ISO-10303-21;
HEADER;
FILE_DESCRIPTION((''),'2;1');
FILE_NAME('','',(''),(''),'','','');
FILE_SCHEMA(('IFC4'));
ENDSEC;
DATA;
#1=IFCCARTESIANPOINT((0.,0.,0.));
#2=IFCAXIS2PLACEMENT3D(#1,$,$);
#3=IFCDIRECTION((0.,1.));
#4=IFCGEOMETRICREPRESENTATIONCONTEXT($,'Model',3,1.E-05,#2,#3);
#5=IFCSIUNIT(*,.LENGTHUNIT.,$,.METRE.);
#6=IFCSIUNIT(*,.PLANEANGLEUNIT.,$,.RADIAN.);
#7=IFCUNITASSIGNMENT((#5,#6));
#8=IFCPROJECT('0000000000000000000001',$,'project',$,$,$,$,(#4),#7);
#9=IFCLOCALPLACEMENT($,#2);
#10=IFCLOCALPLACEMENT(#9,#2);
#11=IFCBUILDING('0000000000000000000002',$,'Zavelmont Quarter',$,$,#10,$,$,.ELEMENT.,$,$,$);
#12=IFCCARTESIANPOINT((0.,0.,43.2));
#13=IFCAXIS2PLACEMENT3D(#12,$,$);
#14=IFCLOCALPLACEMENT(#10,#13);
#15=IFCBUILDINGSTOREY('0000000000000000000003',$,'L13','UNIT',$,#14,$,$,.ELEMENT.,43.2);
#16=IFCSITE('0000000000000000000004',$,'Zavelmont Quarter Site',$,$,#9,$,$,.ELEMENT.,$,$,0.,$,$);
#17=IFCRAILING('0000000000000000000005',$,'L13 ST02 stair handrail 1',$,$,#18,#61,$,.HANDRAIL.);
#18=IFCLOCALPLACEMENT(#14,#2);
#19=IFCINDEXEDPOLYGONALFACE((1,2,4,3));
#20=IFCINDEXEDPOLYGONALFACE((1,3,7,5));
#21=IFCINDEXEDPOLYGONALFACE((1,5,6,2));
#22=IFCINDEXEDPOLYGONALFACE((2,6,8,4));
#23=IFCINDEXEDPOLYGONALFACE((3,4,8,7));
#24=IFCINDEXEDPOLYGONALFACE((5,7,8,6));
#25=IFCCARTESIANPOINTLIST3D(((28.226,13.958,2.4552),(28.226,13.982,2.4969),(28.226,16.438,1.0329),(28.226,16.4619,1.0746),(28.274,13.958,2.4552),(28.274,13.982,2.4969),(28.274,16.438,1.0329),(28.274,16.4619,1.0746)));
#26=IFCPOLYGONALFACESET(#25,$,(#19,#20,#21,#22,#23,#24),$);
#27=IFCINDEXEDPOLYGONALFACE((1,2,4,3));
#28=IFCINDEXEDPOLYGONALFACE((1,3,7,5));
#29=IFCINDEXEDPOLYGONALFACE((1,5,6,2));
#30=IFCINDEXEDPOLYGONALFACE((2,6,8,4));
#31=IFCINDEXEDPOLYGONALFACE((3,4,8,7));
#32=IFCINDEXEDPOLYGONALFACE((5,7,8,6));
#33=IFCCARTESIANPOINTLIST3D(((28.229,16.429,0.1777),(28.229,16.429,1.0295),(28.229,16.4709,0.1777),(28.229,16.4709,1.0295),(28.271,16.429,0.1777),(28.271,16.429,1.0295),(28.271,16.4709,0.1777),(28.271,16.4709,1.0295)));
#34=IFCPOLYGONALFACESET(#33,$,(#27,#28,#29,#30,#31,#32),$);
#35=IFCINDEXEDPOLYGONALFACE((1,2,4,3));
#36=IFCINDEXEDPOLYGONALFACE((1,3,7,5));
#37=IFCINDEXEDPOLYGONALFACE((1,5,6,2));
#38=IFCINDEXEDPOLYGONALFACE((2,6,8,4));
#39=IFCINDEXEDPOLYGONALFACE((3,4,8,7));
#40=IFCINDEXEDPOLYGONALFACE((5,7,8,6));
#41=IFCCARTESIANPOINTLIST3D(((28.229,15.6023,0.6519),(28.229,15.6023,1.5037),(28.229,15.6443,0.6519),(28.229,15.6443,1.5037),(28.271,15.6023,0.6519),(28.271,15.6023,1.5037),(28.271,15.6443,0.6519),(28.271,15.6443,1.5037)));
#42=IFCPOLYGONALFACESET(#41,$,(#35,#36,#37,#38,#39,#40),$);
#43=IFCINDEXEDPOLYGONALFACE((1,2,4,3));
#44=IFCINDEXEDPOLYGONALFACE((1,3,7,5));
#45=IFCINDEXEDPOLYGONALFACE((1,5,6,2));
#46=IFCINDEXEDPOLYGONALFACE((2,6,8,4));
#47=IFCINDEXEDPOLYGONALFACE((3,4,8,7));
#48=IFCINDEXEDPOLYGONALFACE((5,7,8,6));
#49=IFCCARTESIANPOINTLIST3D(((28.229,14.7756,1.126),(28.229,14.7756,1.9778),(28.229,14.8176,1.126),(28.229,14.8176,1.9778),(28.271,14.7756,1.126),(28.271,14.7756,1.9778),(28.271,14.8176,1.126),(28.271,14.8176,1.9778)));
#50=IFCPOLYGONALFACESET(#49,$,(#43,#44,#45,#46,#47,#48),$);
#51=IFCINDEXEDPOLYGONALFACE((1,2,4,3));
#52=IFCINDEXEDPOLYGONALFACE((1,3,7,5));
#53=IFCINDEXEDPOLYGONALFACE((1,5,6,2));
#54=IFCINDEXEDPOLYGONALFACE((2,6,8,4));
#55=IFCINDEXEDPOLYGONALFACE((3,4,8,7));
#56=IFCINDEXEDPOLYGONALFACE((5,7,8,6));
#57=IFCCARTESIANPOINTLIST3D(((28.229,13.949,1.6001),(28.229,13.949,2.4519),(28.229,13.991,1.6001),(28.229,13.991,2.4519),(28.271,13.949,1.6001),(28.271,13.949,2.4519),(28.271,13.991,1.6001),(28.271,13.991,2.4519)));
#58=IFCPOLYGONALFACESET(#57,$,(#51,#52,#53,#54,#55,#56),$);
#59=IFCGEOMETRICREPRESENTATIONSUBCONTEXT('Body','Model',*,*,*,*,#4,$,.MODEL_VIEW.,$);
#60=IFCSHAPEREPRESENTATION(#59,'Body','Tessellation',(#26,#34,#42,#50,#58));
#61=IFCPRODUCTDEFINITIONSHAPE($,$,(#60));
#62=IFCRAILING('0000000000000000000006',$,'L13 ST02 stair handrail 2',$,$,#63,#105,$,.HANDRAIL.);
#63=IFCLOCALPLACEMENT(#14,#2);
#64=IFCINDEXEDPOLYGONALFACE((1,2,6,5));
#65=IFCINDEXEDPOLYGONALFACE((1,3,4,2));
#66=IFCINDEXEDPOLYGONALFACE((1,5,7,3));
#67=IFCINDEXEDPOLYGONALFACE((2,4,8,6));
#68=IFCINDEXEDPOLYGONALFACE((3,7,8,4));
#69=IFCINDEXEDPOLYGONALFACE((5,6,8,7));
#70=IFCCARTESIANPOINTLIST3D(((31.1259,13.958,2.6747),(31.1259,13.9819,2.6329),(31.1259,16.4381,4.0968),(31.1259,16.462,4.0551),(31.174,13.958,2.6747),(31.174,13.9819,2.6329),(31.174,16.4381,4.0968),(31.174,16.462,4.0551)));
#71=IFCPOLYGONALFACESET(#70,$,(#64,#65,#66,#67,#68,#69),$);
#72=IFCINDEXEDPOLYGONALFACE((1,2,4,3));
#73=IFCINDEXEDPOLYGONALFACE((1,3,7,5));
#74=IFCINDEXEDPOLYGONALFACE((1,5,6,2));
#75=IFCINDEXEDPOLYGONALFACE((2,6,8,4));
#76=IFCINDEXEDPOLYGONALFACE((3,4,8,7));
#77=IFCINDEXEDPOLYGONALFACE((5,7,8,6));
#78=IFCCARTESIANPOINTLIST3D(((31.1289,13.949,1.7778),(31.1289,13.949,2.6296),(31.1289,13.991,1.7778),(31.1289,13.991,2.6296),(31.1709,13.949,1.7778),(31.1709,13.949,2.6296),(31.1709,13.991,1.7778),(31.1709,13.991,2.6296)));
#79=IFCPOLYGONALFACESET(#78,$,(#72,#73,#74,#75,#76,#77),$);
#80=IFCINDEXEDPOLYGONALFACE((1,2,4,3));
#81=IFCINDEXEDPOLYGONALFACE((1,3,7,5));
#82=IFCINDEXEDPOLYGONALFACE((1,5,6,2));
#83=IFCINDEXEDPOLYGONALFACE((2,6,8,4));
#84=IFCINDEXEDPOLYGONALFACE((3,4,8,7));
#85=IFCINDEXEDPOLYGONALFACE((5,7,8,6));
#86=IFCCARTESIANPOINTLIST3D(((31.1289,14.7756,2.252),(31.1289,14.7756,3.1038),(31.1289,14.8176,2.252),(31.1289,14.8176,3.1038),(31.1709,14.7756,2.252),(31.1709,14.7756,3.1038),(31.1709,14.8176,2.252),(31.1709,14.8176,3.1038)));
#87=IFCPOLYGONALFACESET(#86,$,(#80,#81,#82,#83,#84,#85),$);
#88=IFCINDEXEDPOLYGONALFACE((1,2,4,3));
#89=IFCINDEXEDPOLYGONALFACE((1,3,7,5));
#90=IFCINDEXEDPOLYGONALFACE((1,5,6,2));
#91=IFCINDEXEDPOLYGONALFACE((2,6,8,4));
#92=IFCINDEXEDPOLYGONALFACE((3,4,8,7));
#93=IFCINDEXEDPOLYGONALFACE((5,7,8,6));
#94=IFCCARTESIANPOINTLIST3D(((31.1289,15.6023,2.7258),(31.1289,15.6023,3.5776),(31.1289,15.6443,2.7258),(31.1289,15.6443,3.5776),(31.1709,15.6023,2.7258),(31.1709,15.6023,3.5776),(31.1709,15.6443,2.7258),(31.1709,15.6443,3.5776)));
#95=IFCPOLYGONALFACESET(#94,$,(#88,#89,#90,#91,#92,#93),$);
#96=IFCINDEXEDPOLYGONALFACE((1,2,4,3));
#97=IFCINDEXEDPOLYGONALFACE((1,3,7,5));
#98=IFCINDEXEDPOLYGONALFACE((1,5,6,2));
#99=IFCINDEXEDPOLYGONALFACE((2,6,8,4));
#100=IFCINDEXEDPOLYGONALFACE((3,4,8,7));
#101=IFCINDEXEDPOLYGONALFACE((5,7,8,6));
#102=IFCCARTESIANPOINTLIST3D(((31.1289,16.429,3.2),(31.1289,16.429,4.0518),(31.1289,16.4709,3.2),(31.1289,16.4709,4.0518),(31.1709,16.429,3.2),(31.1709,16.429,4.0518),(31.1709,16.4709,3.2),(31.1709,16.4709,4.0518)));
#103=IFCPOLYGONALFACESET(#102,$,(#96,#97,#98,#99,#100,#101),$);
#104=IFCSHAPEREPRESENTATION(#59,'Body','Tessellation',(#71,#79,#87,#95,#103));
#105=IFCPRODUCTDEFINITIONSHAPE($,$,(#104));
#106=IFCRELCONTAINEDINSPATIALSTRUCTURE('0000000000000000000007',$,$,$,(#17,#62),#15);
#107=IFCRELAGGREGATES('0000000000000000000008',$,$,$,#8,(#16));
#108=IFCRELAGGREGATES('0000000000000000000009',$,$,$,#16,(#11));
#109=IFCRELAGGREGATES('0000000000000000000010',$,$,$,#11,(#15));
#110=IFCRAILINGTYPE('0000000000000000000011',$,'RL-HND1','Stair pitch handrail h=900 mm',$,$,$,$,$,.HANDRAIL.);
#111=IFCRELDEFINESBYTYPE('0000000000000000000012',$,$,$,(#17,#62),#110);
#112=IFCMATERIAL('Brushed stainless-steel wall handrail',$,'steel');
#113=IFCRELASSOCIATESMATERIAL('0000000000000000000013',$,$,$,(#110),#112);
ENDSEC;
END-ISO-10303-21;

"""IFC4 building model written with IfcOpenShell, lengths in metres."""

from ifc_helpers import new_model, si_unit, direction, frame, origin, origin_2d, place, context, subcontext, project, spatial, rectangle, extrude, material, type_object, element, save


model = new_model("IFC4")

# Units and contexts
model_context = context("Model", 3, precision=1e-05, world=origin(), true_north=direction((0.0, 1.0)))
body_context = subcontext(model_context, "Body", "Model", "MODEL_VIEW")
ifc_project = project(units=[si_unit("LENGTHUNIT", "METRE"), si_unit("PLANEANGLEUNIT", "RADIAN")], contexts=[model_context])

# Site, building, storey
site_placement = place(None, origin())
site = spatial("IfcSite", under=ifc_project, at=site_placement, Name="Zavelmont Quarter Site", CompositionType="ELEMENT", RefElevation=0.0)
building_placement = place(site_placement, origin())
building = spatial("IfcBuilding", under=site, at=building_placement, Name="Zavelmont Quarter", CompositionType="ELEMENT")
storey_placement = place(building_placement, frame((0.0, 0.0, 43.2)))
storey = spatial("IfcBuildingStorey", under=building, at=storey_placement, Name="L13", Description="UNIT", CompositionType="ELEMENT", Elevation=43.2)

# Railings
ifc_material_1 = material(Name="Brushed stainless-steel wall handrail", Category="steel")
railing_type_1 = type_object("IfcRailingType", Name="RL-HND1", Description="Stair pitch handrail h=900 mm", PredefinedType="HANDRAIL", material=ifc_material_1)
railing_1_placement = place(storey_placement, frame((28.25, 16.45, 0.1777)))
element("IfcRailing", 1, at=railing_1_placement, inside=storey, type_object=railing_type_1, Name="L13 ST02 stair handrail 1", PredefinedType="HANDRAIL", context=body_context, shape_type="SweptSolid", body=[
    extrude(rectangle(XDim=0.0481, YDim=0.0481, at=origin_2d()), frame((0.0, 0.0, 0.876), z_axis=(0.0, -0.867454, 0.497518), x_axis=(1.0, 0.0, 0.0)), (0.0, 0.0, 1.0), 2.8589),
    extrude(rectangle(XDim=0.042, YDim=0.042, at=origin_2d()), origin(), (0.0, 0.0, 1.0), 0.8518),
    extrude(rectangle(XDim=0.042, YDim=0.042, at=origin_2d()), frame((0.0, -0.8267, 0.4741)), (0.0, 0.0, 1.0), 0.8518),
    extrude(rectangle(XDim=0.042, YDim=0.042, at=origin_2d()), frame((0.0, -1.6533, 0.9482)), (0.0, 0.0, 1.0), 0.8518),
    extrude(rectangle(XDim=0.042, YDim=0.042, at=origin_2d()), frame((0.0, -2.48, 1.4224)), (0.0, 0.0, 1.0), 0.8518),
])
railing_2_placement = place(storey_placement, frame((31.1499, 13.97, 1.7778)))
element("IfcRailing", 2, at=railing_2_placement, inside=storey, type_object=railing_type_1, Name="L13 ST02 stair handrail 2", PredefinedType="HANDRAIL", context=body_context, shape_type="SweptSolid", body=[
    extrude(rectangle(XDim=0.0481, YDim=0.0481, at=origin_2d()), frame((0.0, 0.0, 0.876), z_axis=(0.0, 0.867491, 0.497454), x_axis=(-1.0, 0.0, 0.0)), (0.0, 0.0, 1.0), 2.8589),
    extrude(rectangle(XDim=0.042, YDim=0.042, at=origin_2d()), origin(), (0.0, 0.0, 1.0), 0.8518),
    extrude(rectangle(XDim=0.042, YDim=0.042, at=origin_2d()), frame((0.0, 0.8267, 0.4741)), (0.0, 0.0, 1.0), 0.8518),
    extrude(rectangle(XDim=0.042, YDim=0.042, at=origin_2d()), frame((0.0, 1.6533, 0.948)), (0.0, 0.0, 1.0), 0.8518),
    extrude(rectangle(XDim=0.042, YDim=0.042, at=origin_2d()), frame((0.0, 2.48, 1.4221)), (0.0, 0.0, 1.0), 0.8518),
])

save(model, "model.ifc")
